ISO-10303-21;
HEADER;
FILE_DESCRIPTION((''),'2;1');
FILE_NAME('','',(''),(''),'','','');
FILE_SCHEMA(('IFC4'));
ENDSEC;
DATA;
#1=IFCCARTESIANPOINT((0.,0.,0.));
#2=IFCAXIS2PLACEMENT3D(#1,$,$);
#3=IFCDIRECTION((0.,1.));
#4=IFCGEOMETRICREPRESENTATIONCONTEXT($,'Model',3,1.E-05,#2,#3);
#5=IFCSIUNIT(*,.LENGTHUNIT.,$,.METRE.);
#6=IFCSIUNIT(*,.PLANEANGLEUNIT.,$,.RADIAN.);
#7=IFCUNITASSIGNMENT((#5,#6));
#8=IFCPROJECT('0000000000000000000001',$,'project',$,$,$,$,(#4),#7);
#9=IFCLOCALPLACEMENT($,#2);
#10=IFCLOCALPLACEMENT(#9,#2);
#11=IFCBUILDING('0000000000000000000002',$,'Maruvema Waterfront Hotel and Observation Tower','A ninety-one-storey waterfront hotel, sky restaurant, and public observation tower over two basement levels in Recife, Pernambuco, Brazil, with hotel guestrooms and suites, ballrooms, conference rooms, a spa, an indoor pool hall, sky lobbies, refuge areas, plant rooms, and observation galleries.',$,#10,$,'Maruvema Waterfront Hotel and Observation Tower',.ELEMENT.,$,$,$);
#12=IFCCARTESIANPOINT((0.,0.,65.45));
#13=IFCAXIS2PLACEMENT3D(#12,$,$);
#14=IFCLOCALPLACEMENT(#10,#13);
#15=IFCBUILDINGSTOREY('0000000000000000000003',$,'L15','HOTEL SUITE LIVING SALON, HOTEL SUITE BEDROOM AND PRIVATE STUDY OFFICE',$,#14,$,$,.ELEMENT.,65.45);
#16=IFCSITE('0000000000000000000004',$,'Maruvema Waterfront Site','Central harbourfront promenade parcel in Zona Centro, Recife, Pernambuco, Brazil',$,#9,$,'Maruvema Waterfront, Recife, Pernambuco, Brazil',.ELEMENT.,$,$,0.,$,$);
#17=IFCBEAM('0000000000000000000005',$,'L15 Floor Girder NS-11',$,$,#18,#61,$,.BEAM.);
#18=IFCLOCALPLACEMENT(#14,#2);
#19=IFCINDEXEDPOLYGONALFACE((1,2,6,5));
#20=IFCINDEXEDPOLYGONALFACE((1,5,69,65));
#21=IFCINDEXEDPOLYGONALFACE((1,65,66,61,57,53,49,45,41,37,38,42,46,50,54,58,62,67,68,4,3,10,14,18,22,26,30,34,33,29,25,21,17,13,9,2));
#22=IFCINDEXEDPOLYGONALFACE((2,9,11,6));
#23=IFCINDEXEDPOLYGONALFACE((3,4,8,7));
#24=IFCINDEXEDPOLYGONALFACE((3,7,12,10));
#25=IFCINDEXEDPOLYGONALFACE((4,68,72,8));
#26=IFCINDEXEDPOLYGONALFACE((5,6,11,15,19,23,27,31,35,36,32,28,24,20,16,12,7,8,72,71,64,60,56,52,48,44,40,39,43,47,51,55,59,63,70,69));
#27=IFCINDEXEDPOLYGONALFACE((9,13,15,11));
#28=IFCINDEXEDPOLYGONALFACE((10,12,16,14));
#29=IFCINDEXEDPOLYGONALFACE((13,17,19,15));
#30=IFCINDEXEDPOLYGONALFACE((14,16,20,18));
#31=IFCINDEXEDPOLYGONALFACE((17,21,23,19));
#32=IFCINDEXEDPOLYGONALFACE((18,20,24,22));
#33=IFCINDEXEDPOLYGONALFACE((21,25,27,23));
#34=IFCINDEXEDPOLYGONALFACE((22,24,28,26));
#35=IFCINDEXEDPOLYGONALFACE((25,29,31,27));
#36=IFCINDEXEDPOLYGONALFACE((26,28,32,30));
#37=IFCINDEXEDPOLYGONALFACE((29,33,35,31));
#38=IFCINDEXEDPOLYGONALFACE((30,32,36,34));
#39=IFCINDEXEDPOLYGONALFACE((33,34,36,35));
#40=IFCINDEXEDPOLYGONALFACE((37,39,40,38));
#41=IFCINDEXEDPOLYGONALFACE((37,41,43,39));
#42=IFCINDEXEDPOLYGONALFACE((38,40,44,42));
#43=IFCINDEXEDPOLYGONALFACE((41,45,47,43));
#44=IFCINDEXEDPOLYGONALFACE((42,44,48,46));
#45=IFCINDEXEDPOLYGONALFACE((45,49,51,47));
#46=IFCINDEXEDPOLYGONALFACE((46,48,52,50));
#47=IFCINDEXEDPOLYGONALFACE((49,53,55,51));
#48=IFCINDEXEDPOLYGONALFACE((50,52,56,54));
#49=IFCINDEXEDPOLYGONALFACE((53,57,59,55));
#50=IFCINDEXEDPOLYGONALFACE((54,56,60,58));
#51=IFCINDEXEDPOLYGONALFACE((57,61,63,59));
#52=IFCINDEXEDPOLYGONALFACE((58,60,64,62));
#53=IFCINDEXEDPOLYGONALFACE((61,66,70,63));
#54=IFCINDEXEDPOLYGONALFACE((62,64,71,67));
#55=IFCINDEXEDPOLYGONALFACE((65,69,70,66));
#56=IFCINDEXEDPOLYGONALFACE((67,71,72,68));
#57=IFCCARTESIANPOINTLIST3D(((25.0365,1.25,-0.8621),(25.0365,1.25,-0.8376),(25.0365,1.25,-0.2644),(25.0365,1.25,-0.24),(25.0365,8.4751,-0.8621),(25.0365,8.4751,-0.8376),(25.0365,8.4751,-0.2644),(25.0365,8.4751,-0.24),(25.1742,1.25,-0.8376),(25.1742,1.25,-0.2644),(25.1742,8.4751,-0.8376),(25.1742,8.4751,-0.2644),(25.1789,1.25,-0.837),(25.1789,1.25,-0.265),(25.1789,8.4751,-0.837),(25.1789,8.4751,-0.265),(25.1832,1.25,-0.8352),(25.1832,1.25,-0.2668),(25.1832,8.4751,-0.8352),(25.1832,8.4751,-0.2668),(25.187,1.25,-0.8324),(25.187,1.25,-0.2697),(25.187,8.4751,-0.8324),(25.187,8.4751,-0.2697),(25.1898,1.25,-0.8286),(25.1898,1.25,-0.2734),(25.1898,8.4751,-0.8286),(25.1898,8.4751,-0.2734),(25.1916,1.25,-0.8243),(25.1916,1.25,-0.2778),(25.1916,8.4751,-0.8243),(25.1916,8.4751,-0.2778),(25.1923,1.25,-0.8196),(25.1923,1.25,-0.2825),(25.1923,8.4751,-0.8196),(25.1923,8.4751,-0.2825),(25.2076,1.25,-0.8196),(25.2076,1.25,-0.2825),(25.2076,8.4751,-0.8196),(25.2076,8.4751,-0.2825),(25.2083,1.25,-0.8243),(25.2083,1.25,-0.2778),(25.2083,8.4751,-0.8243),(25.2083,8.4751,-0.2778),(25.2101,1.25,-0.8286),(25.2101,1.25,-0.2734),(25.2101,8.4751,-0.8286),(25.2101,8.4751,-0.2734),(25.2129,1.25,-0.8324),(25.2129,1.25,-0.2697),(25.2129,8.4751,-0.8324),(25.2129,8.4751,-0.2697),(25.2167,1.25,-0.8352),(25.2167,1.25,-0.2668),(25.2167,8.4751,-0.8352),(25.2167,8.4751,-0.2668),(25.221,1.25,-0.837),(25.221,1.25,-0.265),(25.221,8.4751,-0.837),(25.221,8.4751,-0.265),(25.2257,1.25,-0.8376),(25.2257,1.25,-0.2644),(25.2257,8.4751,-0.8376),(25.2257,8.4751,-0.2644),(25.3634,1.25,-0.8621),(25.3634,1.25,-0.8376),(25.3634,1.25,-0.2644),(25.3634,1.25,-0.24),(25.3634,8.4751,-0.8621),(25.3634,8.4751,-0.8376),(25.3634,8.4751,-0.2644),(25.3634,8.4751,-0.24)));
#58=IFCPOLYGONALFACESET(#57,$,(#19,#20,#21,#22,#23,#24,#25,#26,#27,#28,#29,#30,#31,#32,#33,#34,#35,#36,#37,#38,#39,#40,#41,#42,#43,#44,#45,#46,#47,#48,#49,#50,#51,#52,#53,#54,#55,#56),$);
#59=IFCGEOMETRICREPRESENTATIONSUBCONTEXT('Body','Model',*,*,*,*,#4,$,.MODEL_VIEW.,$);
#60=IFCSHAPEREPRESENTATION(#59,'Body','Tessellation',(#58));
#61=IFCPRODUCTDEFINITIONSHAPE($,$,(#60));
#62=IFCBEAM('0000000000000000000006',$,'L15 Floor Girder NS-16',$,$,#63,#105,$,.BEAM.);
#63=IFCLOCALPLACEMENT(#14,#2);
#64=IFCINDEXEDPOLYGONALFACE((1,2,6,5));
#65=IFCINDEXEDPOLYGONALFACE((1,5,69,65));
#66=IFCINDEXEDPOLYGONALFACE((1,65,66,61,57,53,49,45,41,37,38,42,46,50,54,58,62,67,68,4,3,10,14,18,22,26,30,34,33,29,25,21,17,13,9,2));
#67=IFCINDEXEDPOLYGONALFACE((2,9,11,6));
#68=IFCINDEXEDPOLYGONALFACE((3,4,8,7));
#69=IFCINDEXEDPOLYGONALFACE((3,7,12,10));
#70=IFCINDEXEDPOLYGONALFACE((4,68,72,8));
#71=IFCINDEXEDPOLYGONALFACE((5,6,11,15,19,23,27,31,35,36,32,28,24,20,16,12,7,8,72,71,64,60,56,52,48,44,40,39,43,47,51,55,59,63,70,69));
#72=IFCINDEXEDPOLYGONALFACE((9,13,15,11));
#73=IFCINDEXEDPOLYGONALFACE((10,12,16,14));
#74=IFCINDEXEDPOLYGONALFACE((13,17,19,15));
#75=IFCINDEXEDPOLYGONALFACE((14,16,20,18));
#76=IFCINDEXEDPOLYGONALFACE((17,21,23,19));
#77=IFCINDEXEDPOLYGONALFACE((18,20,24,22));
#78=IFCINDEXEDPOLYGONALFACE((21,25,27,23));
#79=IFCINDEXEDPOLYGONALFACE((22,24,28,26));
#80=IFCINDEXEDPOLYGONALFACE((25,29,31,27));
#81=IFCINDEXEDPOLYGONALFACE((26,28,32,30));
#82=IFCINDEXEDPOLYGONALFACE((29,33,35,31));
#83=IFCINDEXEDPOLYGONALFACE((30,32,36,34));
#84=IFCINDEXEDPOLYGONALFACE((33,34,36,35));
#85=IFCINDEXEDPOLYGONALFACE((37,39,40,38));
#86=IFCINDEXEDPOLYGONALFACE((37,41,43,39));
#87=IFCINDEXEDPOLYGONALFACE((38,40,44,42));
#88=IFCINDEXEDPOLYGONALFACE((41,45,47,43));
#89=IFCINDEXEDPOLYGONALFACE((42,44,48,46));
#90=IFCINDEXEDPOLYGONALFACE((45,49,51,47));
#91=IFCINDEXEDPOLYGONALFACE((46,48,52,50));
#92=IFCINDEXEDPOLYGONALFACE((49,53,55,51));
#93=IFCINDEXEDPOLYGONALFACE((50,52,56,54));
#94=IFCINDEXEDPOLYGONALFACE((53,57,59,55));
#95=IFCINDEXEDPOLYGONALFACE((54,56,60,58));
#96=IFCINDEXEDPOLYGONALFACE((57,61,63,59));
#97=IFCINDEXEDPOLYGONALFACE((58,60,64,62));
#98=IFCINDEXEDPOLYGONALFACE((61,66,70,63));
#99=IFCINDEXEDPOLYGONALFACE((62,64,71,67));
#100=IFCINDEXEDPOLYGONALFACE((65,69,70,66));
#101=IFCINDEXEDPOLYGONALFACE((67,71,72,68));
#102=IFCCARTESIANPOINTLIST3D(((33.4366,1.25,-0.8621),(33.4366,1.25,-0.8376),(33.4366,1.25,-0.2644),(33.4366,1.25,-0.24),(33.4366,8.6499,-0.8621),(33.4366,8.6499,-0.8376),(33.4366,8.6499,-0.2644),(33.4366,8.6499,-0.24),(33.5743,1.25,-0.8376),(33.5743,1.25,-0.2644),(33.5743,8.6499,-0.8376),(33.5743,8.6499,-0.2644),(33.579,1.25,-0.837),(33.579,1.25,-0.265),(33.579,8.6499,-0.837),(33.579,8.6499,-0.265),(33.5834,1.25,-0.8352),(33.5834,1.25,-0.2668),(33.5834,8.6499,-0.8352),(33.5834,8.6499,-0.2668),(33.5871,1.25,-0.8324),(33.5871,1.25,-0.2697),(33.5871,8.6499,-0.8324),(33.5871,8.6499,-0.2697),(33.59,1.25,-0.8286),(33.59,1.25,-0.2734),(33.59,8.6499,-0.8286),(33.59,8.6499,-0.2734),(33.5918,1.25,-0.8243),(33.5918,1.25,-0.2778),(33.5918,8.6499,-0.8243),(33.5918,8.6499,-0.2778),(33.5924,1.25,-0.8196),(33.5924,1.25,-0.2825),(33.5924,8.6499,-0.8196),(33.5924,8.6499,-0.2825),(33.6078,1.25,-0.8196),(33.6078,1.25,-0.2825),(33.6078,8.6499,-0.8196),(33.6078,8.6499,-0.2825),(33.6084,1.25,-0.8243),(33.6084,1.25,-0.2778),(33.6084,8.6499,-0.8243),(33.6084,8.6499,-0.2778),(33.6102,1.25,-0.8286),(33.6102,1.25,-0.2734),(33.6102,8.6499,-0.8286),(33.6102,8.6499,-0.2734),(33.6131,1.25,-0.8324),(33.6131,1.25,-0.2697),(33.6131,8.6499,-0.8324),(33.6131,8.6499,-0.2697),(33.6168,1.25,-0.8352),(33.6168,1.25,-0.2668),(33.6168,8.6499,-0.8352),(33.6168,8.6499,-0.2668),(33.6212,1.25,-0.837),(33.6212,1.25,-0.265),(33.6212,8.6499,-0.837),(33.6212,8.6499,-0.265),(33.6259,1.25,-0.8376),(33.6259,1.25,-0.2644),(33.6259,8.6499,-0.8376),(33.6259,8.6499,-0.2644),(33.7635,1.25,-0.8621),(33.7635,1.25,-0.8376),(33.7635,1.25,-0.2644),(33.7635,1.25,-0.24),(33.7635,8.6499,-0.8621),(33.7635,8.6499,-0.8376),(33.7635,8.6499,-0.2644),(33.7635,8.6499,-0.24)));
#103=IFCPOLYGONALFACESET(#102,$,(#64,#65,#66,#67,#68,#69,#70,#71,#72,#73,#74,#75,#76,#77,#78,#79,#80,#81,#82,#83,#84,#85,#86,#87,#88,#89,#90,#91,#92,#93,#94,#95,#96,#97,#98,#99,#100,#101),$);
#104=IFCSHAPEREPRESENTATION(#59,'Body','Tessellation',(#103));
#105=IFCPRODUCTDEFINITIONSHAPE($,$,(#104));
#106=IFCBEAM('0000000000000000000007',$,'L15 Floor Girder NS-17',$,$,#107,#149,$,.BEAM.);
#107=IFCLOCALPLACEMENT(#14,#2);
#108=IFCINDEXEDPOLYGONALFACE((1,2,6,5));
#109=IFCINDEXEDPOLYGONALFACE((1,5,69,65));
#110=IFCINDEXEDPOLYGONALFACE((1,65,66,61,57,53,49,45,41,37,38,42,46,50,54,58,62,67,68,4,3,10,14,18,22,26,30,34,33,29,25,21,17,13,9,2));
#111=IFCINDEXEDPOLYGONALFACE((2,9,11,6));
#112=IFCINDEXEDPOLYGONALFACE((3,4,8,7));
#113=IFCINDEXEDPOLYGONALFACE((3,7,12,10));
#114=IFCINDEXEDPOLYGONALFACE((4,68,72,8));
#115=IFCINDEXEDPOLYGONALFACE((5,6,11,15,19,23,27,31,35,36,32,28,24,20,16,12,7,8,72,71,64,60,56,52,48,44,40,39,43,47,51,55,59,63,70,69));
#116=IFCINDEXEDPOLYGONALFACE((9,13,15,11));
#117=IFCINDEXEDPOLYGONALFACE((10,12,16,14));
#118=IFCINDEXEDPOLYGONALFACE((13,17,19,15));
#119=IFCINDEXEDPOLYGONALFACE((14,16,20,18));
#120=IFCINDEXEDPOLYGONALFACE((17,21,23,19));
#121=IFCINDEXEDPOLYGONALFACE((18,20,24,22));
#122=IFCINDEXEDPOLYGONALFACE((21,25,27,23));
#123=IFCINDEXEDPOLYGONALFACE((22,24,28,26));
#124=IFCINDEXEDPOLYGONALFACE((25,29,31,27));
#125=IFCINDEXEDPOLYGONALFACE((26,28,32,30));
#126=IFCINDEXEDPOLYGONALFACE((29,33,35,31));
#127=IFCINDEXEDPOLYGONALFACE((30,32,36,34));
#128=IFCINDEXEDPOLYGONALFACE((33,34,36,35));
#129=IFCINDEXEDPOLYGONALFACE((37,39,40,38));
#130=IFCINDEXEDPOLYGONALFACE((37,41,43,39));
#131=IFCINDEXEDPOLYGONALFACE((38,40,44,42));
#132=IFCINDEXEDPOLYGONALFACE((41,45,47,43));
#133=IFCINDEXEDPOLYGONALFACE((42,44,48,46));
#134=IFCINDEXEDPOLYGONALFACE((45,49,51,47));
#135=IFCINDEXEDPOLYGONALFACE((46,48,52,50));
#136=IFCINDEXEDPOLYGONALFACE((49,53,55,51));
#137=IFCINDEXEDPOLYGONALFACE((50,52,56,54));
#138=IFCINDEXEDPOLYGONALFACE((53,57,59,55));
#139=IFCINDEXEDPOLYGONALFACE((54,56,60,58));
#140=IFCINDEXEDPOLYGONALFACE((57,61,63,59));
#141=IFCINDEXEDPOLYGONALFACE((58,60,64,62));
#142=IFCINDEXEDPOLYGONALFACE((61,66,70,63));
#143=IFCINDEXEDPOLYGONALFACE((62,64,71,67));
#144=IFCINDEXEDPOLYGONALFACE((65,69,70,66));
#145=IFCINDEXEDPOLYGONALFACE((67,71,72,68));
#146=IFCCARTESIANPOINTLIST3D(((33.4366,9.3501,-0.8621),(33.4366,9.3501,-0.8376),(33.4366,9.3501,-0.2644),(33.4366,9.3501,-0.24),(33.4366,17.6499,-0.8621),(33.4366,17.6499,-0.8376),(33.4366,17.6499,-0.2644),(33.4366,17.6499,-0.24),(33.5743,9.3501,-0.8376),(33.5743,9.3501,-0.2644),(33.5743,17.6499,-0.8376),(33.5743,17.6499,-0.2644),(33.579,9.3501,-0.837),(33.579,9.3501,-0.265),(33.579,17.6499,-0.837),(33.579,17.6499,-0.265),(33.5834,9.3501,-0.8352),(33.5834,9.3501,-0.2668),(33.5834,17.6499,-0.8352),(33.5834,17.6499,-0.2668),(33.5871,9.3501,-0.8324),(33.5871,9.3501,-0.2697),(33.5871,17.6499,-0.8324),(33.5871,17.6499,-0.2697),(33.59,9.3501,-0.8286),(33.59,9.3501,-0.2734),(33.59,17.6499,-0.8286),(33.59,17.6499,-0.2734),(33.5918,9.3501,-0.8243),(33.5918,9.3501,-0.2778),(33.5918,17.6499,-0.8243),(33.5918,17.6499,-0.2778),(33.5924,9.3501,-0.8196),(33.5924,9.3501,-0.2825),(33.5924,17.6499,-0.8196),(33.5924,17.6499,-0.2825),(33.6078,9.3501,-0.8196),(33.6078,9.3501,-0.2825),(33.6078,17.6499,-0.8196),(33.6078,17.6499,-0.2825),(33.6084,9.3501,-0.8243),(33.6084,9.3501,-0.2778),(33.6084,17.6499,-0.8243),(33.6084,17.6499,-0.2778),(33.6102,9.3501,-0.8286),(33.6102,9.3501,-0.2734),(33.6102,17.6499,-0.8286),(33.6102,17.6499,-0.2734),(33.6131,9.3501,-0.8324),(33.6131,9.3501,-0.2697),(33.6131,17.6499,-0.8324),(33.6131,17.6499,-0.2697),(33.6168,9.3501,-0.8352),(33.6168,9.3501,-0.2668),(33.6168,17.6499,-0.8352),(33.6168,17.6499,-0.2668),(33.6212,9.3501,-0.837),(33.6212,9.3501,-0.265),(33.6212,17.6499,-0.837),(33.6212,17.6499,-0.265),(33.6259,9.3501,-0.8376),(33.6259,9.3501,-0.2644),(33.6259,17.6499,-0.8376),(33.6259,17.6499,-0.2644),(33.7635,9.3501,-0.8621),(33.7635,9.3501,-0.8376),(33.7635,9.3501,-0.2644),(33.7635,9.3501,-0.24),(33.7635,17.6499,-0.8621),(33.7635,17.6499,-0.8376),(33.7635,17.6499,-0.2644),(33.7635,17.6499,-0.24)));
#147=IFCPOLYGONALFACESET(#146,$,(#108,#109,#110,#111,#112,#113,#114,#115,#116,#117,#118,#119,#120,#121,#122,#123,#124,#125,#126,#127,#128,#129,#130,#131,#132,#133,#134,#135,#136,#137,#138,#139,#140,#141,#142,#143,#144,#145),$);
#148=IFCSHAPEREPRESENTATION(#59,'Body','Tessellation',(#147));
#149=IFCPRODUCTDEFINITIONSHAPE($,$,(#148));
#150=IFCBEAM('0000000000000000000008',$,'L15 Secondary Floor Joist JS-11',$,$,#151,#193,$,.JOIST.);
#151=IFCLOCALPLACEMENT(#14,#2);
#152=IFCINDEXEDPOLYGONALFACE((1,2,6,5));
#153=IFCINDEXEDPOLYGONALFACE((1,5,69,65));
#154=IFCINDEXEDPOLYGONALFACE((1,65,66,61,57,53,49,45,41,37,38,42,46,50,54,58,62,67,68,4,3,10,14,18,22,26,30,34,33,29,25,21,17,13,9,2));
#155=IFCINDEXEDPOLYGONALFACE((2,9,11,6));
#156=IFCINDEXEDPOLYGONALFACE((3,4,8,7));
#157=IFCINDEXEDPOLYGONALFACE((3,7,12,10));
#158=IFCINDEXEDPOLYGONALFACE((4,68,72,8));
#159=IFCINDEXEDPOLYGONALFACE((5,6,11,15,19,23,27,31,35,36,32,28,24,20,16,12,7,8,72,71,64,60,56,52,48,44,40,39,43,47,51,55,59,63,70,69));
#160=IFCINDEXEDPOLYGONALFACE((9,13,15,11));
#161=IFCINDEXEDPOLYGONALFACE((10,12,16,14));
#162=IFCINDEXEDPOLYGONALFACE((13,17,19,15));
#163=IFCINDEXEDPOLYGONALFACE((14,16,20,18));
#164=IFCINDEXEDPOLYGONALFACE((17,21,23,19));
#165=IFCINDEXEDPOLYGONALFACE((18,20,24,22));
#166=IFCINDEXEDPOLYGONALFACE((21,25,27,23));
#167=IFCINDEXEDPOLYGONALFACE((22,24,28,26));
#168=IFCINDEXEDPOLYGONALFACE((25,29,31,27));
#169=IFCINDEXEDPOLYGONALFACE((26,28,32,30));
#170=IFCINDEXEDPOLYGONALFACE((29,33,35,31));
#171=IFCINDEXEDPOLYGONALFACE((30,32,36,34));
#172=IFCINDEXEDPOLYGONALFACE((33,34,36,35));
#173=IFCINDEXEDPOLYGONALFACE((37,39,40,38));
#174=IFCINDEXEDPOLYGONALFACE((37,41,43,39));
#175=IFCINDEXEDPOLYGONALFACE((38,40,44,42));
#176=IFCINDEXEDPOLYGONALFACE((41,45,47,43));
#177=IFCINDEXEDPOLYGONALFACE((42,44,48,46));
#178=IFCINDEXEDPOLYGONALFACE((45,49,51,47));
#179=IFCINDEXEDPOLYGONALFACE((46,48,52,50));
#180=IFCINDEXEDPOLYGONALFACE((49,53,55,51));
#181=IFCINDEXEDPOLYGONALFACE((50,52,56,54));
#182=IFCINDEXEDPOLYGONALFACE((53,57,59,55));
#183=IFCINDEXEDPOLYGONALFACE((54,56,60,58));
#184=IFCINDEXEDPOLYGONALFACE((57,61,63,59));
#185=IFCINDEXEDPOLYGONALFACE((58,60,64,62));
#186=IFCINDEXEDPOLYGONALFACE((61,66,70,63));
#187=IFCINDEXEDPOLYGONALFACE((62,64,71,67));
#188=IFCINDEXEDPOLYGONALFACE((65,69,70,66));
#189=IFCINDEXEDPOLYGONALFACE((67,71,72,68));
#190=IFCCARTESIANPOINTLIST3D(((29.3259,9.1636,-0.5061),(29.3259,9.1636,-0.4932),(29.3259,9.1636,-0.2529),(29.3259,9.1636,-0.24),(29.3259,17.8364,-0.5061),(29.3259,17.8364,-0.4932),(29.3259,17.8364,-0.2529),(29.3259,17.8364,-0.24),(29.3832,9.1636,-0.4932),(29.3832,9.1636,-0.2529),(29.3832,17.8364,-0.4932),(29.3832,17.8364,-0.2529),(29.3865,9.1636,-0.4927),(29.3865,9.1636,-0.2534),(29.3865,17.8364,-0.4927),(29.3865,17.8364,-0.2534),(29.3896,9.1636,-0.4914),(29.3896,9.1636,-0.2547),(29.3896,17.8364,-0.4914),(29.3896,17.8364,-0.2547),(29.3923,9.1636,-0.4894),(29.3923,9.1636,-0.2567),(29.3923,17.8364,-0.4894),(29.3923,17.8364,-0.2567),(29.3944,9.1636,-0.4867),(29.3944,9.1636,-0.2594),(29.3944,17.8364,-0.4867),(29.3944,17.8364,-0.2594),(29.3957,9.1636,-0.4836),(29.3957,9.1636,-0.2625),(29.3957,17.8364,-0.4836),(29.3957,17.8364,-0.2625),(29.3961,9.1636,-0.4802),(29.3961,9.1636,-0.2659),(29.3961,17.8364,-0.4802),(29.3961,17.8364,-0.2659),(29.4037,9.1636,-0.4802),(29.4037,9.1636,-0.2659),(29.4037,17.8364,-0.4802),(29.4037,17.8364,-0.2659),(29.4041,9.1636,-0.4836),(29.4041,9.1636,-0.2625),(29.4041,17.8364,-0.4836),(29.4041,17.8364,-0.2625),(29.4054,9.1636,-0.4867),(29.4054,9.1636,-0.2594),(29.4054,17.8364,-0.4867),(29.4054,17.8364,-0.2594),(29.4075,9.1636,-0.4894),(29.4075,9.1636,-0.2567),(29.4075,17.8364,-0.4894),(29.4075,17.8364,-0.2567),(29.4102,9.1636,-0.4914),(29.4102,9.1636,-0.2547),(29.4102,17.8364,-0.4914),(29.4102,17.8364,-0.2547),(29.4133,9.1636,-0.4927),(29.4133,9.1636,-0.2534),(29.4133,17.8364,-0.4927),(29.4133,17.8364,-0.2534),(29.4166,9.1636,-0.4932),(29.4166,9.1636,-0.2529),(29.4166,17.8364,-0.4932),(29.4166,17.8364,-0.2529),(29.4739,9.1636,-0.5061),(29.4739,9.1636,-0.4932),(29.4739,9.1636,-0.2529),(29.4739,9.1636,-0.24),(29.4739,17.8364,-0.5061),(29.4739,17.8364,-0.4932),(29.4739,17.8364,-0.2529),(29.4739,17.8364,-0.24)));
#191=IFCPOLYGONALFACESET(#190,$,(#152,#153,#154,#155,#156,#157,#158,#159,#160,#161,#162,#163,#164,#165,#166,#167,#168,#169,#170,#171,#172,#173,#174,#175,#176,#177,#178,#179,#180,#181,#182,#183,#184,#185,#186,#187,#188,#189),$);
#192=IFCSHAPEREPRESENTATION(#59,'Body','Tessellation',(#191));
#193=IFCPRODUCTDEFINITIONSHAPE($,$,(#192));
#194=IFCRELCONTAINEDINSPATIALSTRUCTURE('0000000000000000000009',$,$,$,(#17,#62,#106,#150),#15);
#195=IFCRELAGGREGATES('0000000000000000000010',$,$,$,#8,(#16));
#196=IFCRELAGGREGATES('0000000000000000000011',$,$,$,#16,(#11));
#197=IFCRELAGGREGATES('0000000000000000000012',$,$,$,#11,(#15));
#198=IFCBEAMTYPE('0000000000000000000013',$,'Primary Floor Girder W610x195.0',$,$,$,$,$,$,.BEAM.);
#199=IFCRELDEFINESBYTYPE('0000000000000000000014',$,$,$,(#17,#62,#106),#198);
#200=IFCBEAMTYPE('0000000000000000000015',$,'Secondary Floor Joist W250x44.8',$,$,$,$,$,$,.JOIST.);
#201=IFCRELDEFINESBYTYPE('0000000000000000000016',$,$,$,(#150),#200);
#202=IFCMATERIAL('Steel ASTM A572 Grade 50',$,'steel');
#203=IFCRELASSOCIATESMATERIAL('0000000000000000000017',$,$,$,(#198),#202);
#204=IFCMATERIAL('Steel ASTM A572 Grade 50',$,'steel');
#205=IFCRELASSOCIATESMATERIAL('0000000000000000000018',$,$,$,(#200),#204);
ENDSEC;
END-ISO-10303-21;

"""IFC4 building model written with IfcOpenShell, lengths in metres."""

from ifc_helpers import new_model, si_unit, direction, frame, origin, origin_2d, place, context, subcontext, project, spatial, i_section, extrude, material, material_profile, profile_set, type_object, element, save


model = new_model("IFC4")

# Units and contexts
model_context = context("Model", 3, precision=1e-05, world=origin(), true_north=direction((0.0, 1.0)))
body_context = subcontext(model_context, "Body", "Model", "MODEL_VIEW")
ifc_project = project(units=[si_unit("LENGTHUNIT", "METRE"), si_unit("PLANEANGLEUNIT", "RADIAN")], contexts=[model_context])

# Site, building, storey
site_placement = place(None, origin())
site = spatial("IfcSite", under=ifc_project, at=site_placement, Name="Maruvema Waterfront Site", Description="Central harbourfront promenade parcel in Zona Centro, Recife, Pernambuco, Brazil", LongName="Maruvema Waterfront, Recife, Pernambuco, Brazil", CompositionType="ELEMENT", RefElevation=0.0)
building_placement = place(site_placement, origin())
building = spatial("IfcBuilding", under=site, at=building_placement, Name="Maruvema Waterfront Hotel and Observation Tower", Description="A ninety-one-storey waterfront hotel, sky restaurant, and public observation tower over two basement levels in Recife, Pernambuco, Brazil, with hotel guestrooms and suites, ballrooms, conference rooms, a spa, an indoor pool hall, sky lobbies, refuge areas, plant rooms, and observation galleries.", LongName="Maruvema Waterfront Hotel and Observation Tower", CompositionType="ELEMENT")
storey_placement = place(building_placement, frame((0.0, 0.0, 65.45)))
storey = spatial("IfcBuildingStorey", under=building, at=storey_placement, Name="L15", Description="HOTEL SUITE LIVING SALON, HOTEL SUITE BEDROOM AND PRIVATE STUDY OFFICE", CompositionType="ELEMENT", Elevation=65.45)

# Beams
ifc_material_1 = material(Name="Steel ASTM A572 Grade 50", Category="steel")
ifc_material_profile_1 = material_profile(ifc_material_1, i_section(OverallWidth=0.3269, OverallDepth=0.6221, WebThickness=0.0154, FlangeThickness=0.0244, FilletRadius=0.0181, at=origin_2d()), Name="W610x195.0")
ifc_profile_set_1 = profile_set([ifc_material_profile_1], Name="Steel ASTM A572 Grade 50")
beam_type_1 = type_object("IfcBeamType", Name="Primary Floor Girder W610x195.0", PredefinedType="BEAM", material=ifc_profile_set_1)
beam_1_placement = place(storey_placement, frame((25.2, 1.25, -0.551), z_axis=(0.0, 1.0, 0.0), x_axis=(-1.0, 0.0, 0.0)))
element("IfcBeam", 1, at=beam_1_placement, inside=storey, type_object=beam_type_1, Name="L15 Floor Girder NS-11", PredefinedType="BEAM", context=body_context, shape_type="SweptSolid", body=[
    extrude(i_section(OverallWidth=0.3269, OverallDepth=0.6221, WebThickness=0.0154, FlangeThickness=0.0244, FilletRadius=0.0181, at=origin_2d()), origin(), (0.0, 0.0, 1.0), 7.2251),
])
beam_2_placement = place(storey_placement, frame((33.6001, 1.25, -0.551), z_axis=(0.0, 1.0, 0.0), x_axis=(-1.0, 0.0, 0.0)))
element("IfcBeam", 2, at=beam_2_placement, inside=storey, type_object=beam_type_1, Name="L15 Floor Girder NS-16", PredefinedType="BEAM", context=body_context, shape_type="SweptSolid", body=[
    extrude(i_section(OverallWidth=0.3269, OverallDepth=0.6221, WebThickness=0.0154, FlangeThickness=0.0244, FilletRadius=0.0181, at=origin_2d()), origin(), (0.0, 0.0, 1.0), 7.3999),
])
beam_3_placement = place(storey_placement, frame((33.6001, 9.3501, -0.551), z_axis=(0.0, 1.0, 0.0), x_axis=(-1.0, 0.0, 0.0)))
element("IfcBeam", 3, at=beam_3_placement, inside=storey, type_object=beam_type_1, Name="L15 Floor Girder NS-17", PredefinedType="BEAM", context=body_context, shape_type="SweptSolid", body=[
    extrude(i_section(OverallWidth=0.3269, OverallDepth=0.6221, WebThickness=0.0154, FlangeThickness=0.0244, FilletRadius=0.0181, at=origin_2d()), origin(), (0.0, 0.0, 1.0), 8.2998),
])
ifc_material_2 = material(Name="Steel ASTM A572 Grade 50", Category="steel")
ifc_material_profile_2 = material_profile(ifc_material_2, i_section(OverallWidth=0.1479, OverallDepth=0.2661, WebThickness=0.0076, FlangeThickness=0.0129, FilletRadius=0.0129, at=origin_2d()), Name="W250x44.8")
ifc_profile_set_2 = profile_set([ifc_material_profile_2], Name="Steel ASTM A572 Grade 50")
beam_type_2 = type_object("IfcBeamType", Name="Secondary Floor Joist W250x44.8", PredefinedType="JOIST", material=ifc_profile_set_2)
beam_4_placement = place(storey_placement, frame((29.3999, 9.1636, -0.373), z_axis=(0.0, 1.0, 0.0), x_axis=(-1.0, 0.0, 0.0)))
element("IfcBeam", 4, at=beam_4_placement, inside=storey, type_object=beam_type_2, Name="L15 Secondary Floor Joist JS-11", PredefinedType="JOIST", context=body_context, shape_type="SweptSolid", body=[
    extrude(i_section(OverallWidth=0.1479, OverallDepth=0.2661, WebThickness=0.0076, FlangeThickness=0.0129, FilletRadius=0.0129, at=origin_2d()), origin(), (0.0, 0.0, 1.0), 8.6729),
])

save(model, "model.ifc")
